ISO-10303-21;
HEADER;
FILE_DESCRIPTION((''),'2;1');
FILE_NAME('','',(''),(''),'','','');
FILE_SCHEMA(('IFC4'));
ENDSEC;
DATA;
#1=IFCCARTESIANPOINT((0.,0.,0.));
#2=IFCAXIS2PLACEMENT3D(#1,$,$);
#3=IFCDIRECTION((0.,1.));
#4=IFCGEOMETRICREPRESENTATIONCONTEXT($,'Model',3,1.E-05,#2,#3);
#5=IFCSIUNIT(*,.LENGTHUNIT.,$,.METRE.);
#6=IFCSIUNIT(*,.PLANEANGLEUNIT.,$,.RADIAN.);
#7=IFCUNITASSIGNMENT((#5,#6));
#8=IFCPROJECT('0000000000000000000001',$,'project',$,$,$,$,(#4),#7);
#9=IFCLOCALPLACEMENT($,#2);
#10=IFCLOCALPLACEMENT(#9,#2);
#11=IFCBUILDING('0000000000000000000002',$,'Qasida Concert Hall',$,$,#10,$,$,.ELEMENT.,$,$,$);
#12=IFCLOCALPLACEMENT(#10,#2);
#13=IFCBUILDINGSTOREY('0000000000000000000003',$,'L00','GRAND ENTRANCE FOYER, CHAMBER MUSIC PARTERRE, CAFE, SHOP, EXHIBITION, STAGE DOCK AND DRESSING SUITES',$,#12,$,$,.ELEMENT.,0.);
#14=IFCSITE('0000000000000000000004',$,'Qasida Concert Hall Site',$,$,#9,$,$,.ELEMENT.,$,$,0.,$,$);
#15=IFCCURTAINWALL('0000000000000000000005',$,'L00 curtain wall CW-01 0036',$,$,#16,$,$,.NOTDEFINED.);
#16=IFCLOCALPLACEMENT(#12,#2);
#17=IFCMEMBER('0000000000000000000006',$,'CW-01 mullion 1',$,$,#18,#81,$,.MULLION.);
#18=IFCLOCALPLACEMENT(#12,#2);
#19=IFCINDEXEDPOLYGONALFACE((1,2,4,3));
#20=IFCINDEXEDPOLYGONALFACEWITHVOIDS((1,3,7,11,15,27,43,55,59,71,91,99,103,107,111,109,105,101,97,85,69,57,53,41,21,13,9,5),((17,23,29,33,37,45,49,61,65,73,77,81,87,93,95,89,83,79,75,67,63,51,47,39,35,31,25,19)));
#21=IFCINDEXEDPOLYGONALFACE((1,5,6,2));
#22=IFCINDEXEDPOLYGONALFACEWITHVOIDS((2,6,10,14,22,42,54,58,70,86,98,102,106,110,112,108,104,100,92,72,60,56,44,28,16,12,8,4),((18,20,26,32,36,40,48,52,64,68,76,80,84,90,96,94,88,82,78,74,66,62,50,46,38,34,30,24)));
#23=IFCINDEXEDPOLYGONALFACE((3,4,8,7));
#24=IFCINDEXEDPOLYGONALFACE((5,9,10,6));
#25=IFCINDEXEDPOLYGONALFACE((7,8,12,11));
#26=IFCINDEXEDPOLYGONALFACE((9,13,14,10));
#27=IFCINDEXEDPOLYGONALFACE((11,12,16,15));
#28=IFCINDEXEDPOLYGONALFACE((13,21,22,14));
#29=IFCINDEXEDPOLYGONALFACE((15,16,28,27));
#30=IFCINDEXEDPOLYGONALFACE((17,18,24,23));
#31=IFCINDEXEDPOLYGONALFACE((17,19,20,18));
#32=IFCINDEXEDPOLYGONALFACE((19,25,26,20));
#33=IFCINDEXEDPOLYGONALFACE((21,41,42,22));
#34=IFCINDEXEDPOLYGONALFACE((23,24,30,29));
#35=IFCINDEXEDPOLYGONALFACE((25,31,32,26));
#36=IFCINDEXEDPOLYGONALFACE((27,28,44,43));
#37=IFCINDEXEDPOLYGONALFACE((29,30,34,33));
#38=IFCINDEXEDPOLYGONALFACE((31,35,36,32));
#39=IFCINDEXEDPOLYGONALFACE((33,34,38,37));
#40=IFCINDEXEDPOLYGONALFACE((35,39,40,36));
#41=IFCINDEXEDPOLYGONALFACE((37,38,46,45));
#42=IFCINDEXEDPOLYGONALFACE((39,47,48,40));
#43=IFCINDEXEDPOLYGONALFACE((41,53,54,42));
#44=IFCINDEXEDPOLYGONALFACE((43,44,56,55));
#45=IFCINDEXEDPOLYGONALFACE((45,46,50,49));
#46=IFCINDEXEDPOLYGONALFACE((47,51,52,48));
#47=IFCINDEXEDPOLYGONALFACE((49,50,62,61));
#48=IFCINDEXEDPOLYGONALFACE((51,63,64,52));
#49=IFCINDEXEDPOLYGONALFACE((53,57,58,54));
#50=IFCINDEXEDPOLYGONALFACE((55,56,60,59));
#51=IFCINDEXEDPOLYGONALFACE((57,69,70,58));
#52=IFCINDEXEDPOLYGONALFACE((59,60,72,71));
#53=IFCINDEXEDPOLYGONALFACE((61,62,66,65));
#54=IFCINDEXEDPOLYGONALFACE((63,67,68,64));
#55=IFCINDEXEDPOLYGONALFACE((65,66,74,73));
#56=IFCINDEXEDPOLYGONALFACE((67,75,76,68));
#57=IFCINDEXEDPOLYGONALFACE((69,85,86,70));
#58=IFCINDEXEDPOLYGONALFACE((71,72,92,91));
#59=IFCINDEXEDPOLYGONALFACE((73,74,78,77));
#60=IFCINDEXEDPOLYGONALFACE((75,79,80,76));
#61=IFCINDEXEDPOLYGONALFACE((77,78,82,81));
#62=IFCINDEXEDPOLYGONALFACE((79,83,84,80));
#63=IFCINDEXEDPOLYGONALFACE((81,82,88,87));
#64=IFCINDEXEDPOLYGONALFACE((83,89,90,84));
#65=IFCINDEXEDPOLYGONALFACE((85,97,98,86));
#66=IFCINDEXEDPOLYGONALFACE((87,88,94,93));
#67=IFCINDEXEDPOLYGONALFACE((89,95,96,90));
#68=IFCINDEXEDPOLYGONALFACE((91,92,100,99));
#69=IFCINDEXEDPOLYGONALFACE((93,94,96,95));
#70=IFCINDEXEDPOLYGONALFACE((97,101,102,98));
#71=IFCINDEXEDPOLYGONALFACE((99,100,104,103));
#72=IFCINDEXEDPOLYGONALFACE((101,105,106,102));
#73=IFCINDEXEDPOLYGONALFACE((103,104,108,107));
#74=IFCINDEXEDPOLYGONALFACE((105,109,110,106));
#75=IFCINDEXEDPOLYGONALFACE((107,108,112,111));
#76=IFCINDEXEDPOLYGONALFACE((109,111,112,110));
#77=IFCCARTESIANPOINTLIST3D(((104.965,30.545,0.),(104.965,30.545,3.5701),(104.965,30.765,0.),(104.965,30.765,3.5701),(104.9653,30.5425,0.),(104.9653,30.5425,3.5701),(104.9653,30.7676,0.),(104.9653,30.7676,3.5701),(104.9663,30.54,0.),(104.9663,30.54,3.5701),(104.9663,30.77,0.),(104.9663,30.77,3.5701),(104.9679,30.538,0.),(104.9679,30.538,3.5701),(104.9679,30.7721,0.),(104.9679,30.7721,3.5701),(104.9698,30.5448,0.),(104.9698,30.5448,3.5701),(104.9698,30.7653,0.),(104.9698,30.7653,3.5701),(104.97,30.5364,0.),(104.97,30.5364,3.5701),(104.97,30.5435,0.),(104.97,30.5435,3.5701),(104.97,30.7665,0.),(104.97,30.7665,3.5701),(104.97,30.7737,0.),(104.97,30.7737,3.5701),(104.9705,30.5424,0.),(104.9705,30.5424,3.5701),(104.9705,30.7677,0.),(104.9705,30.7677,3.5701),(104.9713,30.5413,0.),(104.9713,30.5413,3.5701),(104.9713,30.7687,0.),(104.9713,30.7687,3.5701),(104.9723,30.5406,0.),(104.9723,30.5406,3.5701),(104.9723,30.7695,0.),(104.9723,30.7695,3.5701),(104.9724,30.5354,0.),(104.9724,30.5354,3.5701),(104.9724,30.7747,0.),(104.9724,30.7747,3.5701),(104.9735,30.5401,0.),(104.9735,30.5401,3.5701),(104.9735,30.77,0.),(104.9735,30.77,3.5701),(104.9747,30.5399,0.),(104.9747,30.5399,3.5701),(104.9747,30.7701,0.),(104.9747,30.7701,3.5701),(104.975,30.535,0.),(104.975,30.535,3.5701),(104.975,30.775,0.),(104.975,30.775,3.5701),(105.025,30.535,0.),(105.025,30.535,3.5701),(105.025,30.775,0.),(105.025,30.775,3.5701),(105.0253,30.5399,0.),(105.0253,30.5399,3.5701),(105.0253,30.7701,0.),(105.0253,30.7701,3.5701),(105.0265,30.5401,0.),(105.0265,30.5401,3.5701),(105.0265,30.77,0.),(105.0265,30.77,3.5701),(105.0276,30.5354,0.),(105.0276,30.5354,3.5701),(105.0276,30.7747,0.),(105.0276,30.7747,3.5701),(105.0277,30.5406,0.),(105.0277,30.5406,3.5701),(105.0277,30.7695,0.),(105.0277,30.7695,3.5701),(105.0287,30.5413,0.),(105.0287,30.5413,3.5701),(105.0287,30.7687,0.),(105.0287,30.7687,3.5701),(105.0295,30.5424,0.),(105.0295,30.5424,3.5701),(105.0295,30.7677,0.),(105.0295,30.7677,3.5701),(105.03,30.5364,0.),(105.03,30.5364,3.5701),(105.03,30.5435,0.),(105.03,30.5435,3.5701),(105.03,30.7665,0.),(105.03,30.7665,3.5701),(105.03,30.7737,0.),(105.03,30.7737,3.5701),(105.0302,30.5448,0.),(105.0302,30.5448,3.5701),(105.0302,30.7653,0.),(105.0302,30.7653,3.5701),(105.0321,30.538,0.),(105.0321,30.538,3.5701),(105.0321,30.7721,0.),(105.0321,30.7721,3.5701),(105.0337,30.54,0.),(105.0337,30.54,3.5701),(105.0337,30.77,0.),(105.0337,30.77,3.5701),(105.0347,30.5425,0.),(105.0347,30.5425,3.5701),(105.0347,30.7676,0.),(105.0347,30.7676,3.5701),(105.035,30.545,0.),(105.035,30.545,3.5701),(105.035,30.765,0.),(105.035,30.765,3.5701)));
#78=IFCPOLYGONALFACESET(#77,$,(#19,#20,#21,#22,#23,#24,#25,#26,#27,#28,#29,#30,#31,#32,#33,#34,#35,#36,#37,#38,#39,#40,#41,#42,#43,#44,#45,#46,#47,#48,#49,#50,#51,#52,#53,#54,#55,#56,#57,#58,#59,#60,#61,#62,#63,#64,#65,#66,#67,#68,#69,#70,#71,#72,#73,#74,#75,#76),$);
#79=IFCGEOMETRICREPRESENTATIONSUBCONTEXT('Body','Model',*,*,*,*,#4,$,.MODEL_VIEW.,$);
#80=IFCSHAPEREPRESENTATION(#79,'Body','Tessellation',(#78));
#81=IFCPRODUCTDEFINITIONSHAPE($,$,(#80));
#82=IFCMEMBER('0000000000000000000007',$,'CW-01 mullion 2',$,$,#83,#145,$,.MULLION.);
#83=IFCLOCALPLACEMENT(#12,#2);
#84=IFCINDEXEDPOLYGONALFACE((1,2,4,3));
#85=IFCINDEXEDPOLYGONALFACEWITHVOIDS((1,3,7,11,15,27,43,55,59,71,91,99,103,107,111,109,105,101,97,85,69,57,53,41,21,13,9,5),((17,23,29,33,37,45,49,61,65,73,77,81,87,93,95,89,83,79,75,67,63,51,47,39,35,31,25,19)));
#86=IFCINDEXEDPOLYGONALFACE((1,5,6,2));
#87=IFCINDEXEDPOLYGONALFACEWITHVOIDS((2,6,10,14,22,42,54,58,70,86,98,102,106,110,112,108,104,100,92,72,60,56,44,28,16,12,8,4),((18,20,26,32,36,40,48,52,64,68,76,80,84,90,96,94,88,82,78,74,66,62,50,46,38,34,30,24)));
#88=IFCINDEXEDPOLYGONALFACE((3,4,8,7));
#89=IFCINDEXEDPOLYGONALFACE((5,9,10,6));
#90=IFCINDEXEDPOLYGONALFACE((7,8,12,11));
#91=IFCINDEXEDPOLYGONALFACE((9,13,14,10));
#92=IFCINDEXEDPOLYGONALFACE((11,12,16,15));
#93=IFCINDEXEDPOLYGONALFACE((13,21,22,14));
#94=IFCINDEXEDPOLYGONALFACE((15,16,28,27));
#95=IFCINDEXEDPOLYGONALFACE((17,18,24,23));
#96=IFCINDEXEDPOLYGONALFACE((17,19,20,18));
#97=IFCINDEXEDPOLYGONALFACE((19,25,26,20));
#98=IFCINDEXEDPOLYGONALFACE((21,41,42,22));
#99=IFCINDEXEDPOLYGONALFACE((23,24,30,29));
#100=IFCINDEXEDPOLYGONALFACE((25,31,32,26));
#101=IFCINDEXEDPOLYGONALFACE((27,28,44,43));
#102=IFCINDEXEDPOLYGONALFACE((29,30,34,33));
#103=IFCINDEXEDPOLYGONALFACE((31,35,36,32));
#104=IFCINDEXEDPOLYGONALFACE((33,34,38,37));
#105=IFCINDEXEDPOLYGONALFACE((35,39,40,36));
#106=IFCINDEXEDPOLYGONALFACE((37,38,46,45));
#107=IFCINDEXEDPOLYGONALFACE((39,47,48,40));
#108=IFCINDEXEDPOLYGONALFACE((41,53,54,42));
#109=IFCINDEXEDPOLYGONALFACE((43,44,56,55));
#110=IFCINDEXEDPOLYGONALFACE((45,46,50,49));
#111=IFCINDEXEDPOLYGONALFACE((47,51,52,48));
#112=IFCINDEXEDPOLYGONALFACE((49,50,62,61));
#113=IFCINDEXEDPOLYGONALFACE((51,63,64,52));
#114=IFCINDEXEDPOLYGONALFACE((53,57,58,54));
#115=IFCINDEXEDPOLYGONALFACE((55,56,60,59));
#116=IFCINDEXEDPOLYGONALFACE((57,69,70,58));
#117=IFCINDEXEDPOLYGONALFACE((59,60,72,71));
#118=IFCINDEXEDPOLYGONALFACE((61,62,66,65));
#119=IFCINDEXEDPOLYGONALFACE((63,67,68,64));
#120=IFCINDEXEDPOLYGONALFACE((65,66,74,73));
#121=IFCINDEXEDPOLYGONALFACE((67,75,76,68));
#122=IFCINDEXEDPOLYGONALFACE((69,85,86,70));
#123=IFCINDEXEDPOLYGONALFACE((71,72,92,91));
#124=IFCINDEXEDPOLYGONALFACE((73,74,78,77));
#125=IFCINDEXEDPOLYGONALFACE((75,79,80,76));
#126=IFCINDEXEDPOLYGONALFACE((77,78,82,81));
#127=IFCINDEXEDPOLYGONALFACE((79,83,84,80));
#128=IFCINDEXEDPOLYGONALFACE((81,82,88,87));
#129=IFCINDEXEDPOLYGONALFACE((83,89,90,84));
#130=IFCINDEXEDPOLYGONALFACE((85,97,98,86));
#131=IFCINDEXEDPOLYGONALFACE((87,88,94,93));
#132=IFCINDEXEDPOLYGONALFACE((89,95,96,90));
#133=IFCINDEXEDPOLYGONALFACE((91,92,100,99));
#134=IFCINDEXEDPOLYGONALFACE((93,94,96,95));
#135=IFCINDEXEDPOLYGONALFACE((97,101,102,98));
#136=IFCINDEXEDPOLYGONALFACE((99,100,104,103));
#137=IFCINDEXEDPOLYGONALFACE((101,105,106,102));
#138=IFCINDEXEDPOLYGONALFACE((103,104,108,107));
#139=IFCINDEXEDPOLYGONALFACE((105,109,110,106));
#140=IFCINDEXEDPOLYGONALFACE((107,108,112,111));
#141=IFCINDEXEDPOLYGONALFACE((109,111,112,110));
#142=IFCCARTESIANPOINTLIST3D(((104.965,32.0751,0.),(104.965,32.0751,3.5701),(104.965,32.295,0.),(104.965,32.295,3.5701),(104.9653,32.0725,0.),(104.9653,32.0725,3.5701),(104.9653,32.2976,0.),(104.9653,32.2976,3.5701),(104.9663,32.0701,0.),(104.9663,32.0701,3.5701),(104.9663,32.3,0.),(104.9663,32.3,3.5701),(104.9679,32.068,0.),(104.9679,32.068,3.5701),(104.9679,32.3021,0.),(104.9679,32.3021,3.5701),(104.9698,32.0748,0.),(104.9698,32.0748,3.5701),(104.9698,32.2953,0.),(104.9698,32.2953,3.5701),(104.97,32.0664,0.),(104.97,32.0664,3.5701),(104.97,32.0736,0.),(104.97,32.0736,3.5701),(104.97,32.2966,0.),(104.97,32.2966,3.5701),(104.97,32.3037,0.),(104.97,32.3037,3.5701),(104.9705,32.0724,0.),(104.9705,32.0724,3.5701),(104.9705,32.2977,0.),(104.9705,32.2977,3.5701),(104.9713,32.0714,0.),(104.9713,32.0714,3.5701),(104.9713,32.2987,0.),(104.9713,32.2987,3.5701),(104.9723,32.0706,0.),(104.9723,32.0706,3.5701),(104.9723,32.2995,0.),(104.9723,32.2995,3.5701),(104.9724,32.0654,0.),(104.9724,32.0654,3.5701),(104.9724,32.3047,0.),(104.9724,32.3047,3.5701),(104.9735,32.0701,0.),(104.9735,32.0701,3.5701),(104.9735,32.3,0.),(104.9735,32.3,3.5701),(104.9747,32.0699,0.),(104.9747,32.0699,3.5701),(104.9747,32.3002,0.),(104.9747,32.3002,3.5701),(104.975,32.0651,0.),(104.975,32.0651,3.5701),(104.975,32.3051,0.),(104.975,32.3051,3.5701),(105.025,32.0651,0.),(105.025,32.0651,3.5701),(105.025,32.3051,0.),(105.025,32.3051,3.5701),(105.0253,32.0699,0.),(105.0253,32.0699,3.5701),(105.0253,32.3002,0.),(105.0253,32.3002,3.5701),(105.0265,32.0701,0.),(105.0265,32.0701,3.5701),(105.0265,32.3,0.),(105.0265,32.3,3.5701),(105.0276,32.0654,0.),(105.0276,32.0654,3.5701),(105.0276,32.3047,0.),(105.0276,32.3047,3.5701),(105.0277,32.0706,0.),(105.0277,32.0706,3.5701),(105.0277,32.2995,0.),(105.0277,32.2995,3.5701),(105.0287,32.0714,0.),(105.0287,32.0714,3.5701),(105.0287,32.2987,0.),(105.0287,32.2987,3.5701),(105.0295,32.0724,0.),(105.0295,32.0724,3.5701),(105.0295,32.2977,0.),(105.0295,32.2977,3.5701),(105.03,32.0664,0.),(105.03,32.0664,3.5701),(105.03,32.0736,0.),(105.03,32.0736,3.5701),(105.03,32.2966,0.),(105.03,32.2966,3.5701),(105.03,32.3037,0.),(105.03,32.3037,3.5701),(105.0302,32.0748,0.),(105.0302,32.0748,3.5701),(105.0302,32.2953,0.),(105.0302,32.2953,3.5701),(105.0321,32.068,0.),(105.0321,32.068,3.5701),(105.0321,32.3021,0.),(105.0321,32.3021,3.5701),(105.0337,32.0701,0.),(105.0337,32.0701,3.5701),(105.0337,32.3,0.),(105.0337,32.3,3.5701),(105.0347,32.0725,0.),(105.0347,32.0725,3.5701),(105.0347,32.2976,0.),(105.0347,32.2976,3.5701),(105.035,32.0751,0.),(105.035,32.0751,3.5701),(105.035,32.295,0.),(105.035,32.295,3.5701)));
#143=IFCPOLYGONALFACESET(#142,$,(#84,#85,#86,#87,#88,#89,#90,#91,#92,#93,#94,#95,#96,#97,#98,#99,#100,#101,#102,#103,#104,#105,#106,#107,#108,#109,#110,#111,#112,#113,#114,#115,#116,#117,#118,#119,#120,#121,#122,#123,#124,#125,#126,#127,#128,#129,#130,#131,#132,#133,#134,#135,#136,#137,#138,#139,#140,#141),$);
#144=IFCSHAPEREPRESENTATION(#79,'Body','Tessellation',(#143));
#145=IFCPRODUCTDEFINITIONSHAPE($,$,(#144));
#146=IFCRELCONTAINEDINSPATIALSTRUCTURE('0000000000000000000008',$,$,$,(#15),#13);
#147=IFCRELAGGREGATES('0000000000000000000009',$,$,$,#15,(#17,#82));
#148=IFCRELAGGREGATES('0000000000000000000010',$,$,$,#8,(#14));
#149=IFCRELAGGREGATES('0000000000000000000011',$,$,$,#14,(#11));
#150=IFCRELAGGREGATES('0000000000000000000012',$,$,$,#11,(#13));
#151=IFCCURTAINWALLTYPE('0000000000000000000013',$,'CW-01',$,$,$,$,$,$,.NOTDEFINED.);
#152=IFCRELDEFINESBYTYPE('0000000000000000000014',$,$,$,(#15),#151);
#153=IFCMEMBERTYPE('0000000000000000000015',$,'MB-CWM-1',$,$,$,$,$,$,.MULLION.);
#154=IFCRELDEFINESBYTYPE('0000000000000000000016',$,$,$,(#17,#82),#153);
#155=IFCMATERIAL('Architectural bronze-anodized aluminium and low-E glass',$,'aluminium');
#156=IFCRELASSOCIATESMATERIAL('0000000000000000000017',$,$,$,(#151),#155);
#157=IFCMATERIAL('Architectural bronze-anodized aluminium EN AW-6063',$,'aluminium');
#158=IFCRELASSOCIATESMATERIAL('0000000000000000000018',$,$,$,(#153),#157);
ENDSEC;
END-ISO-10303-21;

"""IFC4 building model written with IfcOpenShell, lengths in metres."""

from ifc_helpers import new_model, si_unit, direction, frame, origin, origin_2d, place, context, subcontext, project, spatial, hollow_rectangle, extrude, material, material_profile, profile_set, type_object, element, aggregate, save


model = new_model("IFC4")

# Units and contexts
model_context = context("Model", 3, precision=1e-05, world=origin(), true_north=direction((0.0, 1.0)))
body_context = subcontext(model_context, "Body", "Model", "MODEL_VIEW")
ifc_project = project(units=[si_unit("LENGTHUNIT", "METRE"), si_unit("PLANEANGLEUNIT", "RADIAN")], contexts=[model_context])

# Site, building, storey
site_placement = place(None, origin())
site = spatial("IfcSite", under=ifc_project, at=site_placement, Name="Qasida Concert Hall Site", CompositionType="ELEMENT", RefElevation=0.0)
building_placement = place(site_placement, origin())
building = spatial("IfcBuilding", under=site, at=building_placement, Name="Qasida Concert Hall", CompositionType="ELEMENT")
storey_placement = place(building_placement, origin())
storey = spatial("IfcBuildingStorey", under=building, at=storey_placement, Name="L00", Description="GRAND ENTRANCE FOYER, CHAMBER MUSIC PARTERRE, CAFE, SHOP, EXHIBITION, STAGE DOCK AND DRESSING SUITES", CompositionType="ELEMENT", Elevation=0.0)

# Curtain wall, members
ifc_material_1 = material(Name="Architectural bronze-anodized aluminium and low-E glass", Category="aluminium")
curtain_wall_type = type_object("IfcCurtainWallType", Name="CW-01", PredefinedType="NOTDEFINED", material=ifc_material_1)
curtain_wall_placement = place(storey_placement, origin())
curtain_wall = element("IfcCurtainWall", 1, at=curtain_wall_placement, inside=storey, type_object=curtain_wall_type, Name="L00 curtain wall CW-01 0036", PredefinedType="NOTDEFINED")
ifc_material_2 = material(Name="Architectural bronze-anodized aluminium EN AW-6063", Category="aluminium")
ifc_material_profile_1 = material_profile(ifc_material_2, hollow_rectangle(XDim=0.0701, YDim=0.24, WallThickness=0.0049, InnerFilletRadius=0.0049, OuterFilletRadius=0.01, at=origin_2d()), Name="CWM 240x70x5")
ifc_profile_set_1 = profile_set([ifc_material_profile_1], Name="Architectural bronze-anodized aluminium EN AW-6063")
member_type_1 = type_object("IfcMemberType", Name="MB-CWM-1", PredefinedType="MULLION", material=ifc_profile_set_1)
member_1_placement = place(storey_placement, frame((105.0, 30.655, 0.0), z_axis=(0.0, 0.0, 1.0), x_axis=(-1.0, 0.0, 0.0)))
member_1 = element("IfcMember", 2, at=member_1_placement, type_object=member_type_1, Name="CW-01 mullion 1", PredefinedType="MULLION", context=body_context, shape_type="SweptSolid", body=[
    extrude(hollow_rectangle(XDim=0.0701, YDim=0.24, WallThickness=0.0049, InnerFilletRadius=0.0049, OuterFilletRadius=0.01, at=origin_2d()), origin(), (0.0, 0.0, 1.0), 3.5701),
])
member_2_placement = place(storey_placement, frame((105.0, 32.1851, 0.0), z_axis=(0.0, 0.0, 1.0), x_axis=(-1.0, 0.0, 0.0)))
member_2 = element("IfcMember", 3, at=member_2_placement, type_object=member_type_1, Name="CW-01 mullion 2", PredefinedType="MULLION", context=body_context, shape_type="SweptSolid", body=[
    extrude(hollow_rectangle(XDim=0.0701, YDim=0.24, WallThickness=0.0049, InnerFilletRadius=0.0049, OuterFilletRadius=0.01, at=origin_2d()), origin(), (0.0, 0.0, 1.0), 3.5701),
])
aggregate(curtain_wall, [member_1, member_2])

save(model, "model.ifc")
